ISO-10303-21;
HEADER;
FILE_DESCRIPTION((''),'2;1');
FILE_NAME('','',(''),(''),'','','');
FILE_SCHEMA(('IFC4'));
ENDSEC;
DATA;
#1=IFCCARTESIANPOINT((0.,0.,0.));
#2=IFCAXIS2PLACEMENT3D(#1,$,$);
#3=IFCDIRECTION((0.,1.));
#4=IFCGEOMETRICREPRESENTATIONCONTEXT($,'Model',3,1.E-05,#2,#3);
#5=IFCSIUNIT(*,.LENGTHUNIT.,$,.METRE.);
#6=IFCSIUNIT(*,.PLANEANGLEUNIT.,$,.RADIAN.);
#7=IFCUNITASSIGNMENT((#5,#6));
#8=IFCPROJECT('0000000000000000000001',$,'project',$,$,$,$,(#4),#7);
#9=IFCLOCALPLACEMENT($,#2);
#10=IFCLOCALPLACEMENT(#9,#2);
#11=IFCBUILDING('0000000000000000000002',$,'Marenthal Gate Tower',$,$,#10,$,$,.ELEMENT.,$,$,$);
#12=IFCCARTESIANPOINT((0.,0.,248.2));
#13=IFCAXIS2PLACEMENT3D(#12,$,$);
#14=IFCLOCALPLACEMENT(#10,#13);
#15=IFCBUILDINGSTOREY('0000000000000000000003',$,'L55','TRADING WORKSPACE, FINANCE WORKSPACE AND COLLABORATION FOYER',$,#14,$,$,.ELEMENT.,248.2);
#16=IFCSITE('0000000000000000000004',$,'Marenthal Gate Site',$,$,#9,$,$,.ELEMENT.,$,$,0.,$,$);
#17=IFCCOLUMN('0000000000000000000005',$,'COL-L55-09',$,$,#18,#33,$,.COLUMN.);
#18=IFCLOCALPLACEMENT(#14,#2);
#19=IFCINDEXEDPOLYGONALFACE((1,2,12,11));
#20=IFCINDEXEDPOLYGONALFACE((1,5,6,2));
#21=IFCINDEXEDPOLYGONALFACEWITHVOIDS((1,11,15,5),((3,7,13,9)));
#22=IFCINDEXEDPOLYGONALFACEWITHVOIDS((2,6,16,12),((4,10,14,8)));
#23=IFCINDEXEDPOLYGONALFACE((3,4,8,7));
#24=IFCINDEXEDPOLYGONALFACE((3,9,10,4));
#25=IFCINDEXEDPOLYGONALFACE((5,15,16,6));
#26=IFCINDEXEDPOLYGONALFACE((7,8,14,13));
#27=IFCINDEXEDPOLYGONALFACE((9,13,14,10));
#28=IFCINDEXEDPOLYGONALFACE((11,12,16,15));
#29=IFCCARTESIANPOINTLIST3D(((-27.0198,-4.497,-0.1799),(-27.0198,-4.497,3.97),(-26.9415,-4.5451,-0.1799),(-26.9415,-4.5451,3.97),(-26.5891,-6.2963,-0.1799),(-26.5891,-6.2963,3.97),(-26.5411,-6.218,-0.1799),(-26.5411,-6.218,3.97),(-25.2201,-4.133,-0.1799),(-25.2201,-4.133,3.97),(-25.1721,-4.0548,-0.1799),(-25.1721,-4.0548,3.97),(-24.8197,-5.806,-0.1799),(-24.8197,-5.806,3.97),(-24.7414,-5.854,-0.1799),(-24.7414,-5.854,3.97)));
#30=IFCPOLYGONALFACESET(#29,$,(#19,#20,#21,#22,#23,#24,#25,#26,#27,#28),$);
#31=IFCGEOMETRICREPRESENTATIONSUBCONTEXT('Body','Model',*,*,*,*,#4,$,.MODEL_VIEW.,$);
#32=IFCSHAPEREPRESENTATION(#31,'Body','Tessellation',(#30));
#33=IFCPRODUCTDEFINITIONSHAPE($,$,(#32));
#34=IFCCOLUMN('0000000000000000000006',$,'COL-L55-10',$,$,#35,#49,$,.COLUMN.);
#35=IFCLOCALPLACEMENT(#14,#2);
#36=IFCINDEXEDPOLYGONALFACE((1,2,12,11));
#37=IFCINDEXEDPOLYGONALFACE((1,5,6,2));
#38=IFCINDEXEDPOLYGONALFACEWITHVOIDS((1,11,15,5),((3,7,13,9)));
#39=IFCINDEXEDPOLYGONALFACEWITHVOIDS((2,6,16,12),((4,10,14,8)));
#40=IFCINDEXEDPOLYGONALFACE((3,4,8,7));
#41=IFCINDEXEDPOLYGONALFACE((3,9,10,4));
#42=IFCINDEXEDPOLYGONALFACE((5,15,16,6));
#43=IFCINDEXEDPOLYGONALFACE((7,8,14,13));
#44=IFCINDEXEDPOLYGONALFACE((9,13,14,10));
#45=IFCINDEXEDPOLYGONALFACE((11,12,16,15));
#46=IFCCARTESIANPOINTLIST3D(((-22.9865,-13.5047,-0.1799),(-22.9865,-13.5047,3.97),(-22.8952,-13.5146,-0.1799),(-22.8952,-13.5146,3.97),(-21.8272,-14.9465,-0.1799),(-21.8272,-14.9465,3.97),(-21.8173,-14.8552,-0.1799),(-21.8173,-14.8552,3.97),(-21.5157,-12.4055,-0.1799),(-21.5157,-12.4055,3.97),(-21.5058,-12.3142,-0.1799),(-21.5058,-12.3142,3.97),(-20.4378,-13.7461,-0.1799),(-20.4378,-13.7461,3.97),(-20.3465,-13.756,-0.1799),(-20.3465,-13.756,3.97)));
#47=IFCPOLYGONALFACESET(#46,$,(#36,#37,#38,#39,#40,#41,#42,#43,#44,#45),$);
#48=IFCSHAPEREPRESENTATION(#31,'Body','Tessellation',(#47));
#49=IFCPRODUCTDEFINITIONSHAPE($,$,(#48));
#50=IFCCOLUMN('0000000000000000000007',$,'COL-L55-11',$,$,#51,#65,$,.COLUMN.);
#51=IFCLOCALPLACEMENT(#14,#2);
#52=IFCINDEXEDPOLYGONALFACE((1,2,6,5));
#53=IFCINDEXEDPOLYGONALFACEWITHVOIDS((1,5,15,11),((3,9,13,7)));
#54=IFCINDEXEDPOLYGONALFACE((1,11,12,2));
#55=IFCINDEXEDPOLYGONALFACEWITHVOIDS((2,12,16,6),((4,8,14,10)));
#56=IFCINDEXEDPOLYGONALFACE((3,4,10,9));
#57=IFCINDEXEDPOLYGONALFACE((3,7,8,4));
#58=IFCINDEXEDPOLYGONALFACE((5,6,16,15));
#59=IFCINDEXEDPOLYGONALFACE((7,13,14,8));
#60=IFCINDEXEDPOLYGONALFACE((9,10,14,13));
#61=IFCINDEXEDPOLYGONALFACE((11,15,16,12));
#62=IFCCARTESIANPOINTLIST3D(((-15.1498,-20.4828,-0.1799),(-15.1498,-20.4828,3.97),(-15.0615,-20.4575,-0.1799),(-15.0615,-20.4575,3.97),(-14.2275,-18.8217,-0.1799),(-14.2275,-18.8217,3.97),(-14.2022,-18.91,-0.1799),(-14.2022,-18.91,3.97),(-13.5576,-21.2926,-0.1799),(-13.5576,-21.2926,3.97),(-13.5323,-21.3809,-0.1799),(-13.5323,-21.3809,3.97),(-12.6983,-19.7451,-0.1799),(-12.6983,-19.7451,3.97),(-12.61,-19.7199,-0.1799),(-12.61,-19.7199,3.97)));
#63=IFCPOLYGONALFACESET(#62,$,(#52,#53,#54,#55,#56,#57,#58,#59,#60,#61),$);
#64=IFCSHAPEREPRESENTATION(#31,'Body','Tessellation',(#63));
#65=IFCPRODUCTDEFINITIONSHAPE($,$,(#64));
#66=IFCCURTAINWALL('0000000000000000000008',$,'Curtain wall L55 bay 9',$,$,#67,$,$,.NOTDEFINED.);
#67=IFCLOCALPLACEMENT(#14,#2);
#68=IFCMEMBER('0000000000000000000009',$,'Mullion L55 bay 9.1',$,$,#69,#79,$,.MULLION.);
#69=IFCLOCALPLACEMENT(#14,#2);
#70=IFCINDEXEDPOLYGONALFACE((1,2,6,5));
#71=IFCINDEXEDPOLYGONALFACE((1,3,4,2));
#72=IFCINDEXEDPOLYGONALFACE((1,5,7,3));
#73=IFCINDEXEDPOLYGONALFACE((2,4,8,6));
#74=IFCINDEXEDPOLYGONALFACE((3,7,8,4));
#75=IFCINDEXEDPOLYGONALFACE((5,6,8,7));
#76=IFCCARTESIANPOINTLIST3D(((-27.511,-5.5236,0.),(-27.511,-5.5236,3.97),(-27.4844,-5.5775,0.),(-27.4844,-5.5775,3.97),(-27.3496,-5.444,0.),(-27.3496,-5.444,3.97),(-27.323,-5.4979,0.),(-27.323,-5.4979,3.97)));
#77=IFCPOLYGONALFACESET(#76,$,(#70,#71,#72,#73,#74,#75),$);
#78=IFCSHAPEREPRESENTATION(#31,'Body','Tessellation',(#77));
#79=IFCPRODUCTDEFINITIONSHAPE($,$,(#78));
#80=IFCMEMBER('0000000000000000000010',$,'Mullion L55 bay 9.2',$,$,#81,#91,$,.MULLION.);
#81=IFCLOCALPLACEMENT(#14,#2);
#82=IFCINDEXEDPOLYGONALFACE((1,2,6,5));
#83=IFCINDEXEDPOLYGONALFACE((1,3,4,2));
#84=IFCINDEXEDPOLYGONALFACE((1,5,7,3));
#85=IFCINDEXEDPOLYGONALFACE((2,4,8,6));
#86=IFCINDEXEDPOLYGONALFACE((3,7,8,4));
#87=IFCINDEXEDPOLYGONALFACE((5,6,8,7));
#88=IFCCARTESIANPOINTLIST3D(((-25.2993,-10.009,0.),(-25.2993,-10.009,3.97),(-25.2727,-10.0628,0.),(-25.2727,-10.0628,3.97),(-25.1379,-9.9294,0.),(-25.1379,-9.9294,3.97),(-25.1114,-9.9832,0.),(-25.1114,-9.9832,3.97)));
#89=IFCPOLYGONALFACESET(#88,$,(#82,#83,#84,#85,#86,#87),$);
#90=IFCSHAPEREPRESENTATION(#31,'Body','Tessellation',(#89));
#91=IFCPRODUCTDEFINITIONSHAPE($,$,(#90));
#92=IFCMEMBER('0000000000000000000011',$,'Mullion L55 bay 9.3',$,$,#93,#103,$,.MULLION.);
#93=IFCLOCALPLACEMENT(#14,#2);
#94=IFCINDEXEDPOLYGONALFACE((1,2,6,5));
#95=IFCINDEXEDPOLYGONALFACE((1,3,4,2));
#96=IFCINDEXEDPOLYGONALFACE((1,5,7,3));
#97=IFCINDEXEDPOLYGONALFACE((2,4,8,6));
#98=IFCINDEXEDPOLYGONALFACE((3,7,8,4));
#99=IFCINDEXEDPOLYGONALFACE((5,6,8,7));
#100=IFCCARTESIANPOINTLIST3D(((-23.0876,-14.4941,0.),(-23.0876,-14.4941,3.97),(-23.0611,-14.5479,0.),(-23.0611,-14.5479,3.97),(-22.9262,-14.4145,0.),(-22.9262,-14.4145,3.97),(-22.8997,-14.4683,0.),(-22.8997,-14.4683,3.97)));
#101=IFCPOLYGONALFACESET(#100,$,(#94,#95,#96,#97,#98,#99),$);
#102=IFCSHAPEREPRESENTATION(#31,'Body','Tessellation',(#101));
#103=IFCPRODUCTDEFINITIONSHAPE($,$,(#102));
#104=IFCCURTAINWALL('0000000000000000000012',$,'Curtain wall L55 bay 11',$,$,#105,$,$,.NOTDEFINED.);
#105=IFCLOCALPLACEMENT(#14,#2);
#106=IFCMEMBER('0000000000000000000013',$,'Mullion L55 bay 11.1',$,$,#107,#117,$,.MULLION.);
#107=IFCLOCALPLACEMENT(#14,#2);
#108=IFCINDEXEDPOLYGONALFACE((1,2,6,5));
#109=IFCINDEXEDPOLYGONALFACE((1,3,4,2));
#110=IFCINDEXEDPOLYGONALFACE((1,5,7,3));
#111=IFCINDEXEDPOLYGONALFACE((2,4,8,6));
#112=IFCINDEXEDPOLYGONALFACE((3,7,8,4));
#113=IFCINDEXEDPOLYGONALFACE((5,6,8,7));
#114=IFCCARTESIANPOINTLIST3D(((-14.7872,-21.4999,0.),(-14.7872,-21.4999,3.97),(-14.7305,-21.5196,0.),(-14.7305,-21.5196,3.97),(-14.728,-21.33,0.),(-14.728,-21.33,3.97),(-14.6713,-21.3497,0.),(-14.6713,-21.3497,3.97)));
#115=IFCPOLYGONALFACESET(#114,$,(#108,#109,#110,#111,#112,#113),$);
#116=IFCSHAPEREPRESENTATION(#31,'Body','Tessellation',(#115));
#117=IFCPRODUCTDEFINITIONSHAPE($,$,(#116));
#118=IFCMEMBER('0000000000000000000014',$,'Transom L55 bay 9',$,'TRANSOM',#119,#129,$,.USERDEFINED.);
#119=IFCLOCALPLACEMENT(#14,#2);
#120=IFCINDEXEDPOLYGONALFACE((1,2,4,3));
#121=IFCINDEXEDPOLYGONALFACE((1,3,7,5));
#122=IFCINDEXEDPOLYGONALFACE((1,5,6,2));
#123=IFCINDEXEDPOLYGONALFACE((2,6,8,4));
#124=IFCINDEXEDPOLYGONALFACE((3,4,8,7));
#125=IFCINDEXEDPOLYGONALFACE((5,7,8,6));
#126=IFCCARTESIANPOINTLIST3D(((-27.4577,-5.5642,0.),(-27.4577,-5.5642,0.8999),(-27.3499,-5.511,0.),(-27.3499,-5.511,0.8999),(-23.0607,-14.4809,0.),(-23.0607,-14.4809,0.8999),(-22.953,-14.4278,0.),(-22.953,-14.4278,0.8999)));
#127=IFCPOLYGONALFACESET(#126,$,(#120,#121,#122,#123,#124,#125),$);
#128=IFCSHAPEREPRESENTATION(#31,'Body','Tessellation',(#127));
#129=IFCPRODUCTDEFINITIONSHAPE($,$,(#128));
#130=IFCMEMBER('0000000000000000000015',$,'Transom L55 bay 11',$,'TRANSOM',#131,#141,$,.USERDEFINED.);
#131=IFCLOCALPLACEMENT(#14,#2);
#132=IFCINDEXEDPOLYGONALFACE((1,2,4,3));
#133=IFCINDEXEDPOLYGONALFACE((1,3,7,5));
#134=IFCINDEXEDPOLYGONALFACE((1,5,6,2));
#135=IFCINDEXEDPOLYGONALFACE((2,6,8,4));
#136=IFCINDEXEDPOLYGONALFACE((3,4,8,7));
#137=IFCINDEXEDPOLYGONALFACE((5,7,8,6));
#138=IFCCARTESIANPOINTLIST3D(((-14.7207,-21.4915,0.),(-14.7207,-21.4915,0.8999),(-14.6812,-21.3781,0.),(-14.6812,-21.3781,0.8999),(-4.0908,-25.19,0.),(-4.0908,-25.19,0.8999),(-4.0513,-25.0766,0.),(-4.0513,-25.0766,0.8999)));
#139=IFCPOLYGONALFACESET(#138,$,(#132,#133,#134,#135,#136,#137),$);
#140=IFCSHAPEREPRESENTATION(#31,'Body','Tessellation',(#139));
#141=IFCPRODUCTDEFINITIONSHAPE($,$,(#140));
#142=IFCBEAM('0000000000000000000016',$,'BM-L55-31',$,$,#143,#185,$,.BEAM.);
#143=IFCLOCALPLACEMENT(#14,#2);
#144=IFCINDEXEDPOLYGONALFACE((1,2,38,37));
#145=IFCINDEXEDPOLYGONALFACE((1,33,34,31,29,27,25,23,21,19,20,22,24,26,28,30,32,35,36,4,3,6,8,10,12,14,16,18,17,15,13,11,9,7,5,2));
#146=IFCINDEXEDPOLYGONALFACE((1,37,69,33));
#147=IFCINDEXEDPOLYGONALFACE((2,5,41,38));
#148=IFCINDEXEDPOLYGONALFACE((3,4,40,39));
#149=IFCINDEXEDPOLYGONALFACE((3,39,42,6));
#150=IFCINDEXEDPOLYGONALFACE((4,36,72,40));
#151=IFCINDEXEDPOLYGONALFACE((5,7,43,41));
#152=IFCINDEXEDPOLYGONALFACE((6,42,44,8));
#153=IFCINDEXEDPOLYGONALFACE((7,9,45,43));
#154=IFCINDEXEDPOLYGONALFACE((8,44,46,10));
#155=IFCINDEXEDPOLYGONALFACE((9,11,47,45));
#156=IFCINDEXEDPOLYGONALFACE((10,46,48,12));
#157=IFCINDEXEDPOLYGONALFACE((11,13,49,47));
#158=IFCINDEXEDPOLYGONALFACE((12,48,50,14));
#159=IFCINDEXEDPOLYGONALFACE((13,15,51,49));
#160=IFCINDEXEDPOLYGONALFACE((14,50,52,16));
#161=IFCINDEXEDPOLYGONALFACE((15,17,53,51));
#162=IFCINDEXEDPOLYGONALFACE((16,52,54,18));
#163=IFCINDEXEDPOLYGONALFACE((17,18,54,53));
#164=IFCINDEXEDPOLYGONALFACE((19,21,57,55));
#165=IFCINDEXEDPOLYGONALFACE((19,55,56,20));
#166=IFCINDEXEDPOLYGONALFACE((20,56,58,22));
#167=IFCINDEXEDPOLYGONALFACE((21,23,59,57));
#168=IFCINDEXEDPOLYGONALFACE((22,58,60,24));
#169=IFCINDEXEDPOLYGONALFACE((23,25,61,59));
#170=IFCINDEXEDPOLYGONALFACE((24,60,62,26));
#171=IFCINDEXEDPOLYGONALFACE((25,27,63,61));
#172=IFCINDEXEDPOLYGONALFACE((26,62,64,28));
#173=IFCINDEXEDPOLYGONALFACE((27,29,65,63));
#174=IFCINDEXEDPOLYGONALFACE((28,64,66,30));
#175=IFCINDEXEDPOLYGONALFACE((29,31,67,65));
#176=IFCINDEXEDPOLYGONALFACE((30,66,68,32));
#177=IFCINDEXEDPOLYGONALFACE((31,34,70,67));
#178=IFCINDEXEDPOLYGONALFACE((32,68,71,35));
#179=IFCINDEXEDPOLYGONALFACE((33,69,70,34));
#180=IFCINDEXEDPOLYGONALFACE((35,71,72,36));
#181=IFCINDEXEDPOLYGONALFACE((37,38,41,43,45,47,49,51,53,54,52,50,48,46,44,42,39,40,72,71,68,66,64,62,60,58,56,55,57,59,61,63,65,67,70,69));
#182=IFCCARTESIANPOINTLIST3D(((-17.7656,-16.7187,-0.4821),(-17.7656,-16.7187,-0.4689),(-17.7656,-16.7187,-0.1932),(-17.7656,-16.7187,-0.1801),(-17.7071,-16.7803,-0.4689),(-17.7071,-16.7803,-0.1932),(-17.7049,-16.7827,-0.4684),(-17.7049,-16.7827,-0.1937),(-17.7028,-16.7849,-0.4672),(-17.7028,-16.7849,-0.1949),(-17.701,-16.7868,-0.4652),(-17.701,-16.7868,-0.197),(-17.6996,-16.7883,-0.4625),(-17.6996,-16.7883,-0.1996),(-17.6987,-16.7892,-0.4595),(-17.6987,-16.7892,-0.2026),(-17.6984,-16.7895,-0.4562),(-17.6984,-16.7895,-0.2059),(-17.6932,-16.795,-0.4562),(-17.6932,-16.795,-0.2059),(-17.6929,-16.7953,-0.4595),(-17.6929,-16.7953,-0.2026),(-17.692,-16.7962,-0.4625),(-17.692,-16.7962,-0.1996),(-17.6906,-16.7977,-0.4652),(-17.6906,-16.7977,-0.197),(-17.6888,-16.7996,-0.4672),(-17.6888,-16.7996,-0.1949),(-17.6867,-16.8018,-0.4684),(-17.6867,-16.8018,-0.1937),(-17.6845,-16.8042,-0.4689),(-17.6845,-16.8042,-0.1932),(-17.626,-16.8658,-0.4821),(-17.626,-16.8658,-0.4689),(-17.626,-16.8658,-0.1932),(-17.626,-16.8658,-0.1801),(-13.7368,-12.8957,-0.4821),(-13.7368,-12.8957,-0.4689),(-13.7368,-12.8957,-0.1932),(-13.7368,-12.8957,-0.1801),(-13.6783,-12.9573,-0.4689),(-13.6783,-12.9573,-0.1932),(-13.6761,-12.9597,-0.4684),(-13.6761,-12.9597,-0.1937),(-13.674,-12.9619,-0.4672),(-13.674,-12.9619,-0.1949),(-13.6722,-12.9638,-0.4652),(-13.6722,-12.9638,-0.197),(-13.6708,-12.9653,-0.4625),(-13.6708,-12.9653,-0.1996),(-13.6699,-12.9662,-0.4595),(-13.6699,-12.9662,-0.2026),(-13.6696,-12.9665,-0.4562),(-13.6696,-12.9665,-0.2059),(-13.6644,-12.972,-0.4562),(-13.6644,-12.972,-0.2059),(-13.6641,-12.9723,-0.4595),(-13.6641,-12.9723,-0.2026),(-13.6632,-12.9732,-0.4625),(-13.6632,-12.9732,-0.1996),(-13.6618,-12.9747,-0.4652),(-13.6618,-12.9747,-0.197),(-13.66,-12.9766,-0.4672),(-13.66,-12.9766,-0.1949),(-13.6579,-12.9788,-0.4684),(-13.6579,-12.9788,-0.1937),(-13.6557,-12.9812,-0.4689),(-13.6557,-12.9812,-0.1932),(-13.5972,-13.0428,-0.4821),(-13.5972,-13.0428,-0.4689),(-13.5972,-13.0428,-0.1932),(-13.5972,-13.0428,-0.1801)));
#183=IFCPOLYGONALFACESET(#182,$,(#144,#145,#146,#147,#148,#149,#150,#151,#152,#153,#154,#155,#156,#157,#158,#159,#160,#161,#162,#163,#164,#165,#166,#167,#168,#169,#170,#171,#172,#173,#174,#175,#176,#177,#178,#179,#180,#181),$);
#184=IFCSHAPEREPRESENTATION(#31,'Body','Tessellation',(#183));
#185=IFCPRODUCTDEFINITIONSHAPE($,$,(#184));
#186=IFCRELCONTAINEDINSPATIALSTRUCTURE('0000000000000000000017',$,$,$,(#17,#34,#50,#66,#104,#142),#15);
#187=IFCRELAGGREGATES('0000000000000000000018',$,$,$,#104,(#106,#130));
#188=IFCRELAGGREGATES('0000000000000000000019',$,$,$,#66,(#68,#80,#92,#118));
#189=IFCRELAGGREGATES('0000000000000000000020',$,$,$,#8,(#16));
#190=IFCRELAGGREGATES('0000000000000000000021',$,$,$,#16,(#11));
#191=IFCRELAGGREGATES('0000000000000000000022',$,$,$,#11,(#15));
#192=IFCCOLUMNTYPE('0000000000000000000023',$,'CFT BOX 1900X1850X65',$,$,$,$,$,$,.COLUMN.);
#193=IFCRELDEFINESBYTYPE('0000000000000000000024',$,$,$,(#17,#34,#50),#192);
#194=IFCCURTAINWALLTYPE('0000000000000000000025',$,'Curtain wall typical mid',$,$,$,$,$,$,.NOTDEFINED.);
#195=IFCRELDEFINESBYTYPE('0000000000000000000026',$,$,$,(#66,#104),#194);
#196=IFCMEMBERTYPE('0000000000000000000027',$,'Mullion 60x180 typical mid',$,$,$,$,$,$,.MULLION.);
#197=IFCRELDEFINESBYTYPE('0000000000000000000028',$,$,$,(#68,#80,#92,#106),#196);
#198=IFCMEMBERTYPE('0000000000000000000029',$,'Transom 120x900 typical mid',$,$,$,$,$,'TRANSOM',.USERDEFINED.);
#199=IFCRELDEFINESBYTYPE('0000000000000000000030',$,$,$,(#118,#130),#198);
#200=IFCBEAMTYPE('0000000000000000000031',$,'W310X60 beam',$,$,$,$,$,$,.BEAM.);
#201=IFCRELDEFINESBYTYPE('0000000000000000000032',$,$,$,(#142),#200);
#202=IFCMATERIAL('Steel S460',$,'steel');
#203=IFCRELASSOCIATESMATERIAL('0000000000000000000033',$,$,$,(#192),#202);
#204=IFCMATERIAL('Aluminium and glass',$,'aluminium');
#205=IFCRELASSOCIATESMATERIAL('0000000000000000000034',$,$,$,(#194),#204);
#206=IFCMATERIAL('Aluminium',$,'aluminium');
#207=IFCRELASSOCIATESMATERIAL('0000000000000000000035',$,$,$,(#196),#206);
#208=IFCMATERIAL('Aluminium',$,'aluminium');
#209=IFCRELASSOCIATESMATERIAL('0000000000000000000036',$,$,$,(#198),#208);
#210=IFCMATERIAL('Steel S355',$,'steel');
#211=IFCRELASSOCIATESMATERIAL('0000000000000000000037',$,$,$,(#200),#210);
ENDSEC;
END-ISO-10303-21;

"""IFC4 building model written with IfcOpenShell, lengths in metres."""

from ifc_helpers import new_model, si_unit, direction, frame, origin, origin_2d, place, context, subcontext, project, spatial, rectangle, hollow_rectangle, i_section, extrude, material, material_profile, profile_set, type_object, element, aggregate, save


model = new_model("IFC4")

# Units and contexts
model_context = context("Model", 3, precision=1e-05, world=origin(), true_north=direction((0.0, 1.0)))
body_context = subcontext(model_context, "Body", "Model", "MODEL_VIEW")
ifc_project = project(units=[si_unit("LENGTHUNIT", "METRE"), si_unit("PLANEANGLEUNIT", "RADIAN")], contexts=[model_context])

# Site, building, storey
site_placement = place(None, origin())
site = spatial("IfcSite", under=ifc_project, at=site_placement, Name="Marenthal Gate Site", CompositionType="ELEMENT", RefElevation=0.0)
building_placement = place(site_placement, origin())
building = spatial("IfcBuilding", under=site, at=building_placement, Name="Marenthal Gate Tower", CompositionType="ELEMENT")
storey_placement = place(building_placement, frame((0.0, 0.0, 248.2)))
storey = spatial("IfcBuildingStorey", under=building, at=storey_placement, Name="L55", Description="TRADING WORKSPACE, FINANCE WORKSPACE AND COLLABORATION FOYER", CompositionType="ELEMENT", Elevation=248.2)

# Columns
ifc_material_1 = material(Name="Steel S460", Category="steel")
ifc_material_profile_1 = material_profile(ifc_material_1, hollow_rectangle(XDim=1.8501, YDim=1.8999, WallThickness=0.0649, at=origin_2d()), Name="CFT BOX 1900X1850X65")
ifc_material_2 = material(Name="Concrete 70 MPa", Category="concrete")
ifc_material_profile_2 = material_profile(ifc_material_2, rectangle(XDim=1.72, YDim=1.77, at=origin_2d()), Name="CFT BOX 1900X1850X65 INFILL")
ifc_profile_set_1 = profile_set([ifc_material_profile_1, ifc_material_profile_2], Name="Steel S460 shell, Concrete 70 MPa infill")
column_type = type_object("IfcColumnType", Name="CFT BOX 1900X1850X65", PredefinedType="COLUMN", material=ifc_profile_set_1)
for number, where, z_axis, x_axis, name in (
    (1, (-25.8806, -5.1755, -0.1799), (0.0, 0.0, 1.0), (-0.232783, 0.972529, 0.0), "COL-L55-09"),
    (2, (-21.6665, -13.6304, -0.1799), (0.0, 0.0, 1.0), (-0.626615, 0.779329, 0.0), "COL-L55-10"),
    (3, (-13.8799, -20.1013, -0.1799), (0.0, 0.0, 1.0), (-0.874262, 0.485454, 0.0), "COL-L55-11"),
):
    element("IfcColumn", number, at=place(storey_placement, frame(where, z_axis=z_axis, x_axis=x_axis)), inside=storey, type_object=column_type, Name=name, PredefinedType="COLUMN", context=body_context, shape_type="SweptSolid", body=[
        extrude(hollow_rectangle(XDim=1.8501, YDim=1.8999, WallThickness=0.0649, at=origin_2d()), origin(), (0.0, 0.0, 1.0), 4.1499),
    ])

# Curtain wall, members
ifc_material_3 = material(Name="Aluminium and glass", Category="aluminium")
curtain_wall_type = type_object("IfcCurtainWallType", Name="Curtain wall typical mid", PredefinedType="NOTDEFINED", material=ifc_material_3)
curtain_wall_1_placement = place(storey_placement, origin())
curtain_wall_1 = element("IfcCurtainWall", 4, at=curtain_wall_1_placement, inside=storey, type_object=curtain_wall_type, Name="Curtain wall L55 bay 9", PredefinedType="NOTDEFINED")
ifc_material_4 = material(Name="Aluminium", Category="aluminium")
ifc_material_profile_3 = material_profile(ifc_material_4, rectangle(XDim=0.1799, YDim=0.0601, at=origin_2d()), Name="60x180 aluminium mullion")
ifc_profile_set_2 = profile_set([ifc_material_profile_3], Name="Aluminium")
member_type_1 = type_object("IfcMemberType", Name="Mullion 60x180 typical mid", PredefinedType="MULLION", material=ifc_profile_set_2)
member_1_placement = place(storey_placement, frame((-27.417, -5.5107, 0.0), z_axis=(0.0, 0.0, 1.0), x_axis=(0.896882, 0.442269, 0.0)))
member_1 = element("IfcMember", 5, at=member_1_placement, type_object=member_type_1, Name="Mullion L55 bay 9.1", PredefinedType="MULLION", context=body_context, shape_type="SweptSolid", body=[
    extrude(rectangle(XDim=0.1799, YDim=0.0601, at=origin_2d()), origin(), (0.0, 0.0, 1.0), 3.97),
])
member_2_placement = place(storey_placement, frame((-25.2053, -9.9961, 0.0), z_axis=(0.0, 0.0, 1.0), x_axis=(0.896882, 0.442269, 0.0)))
member_2 = element("IfcMember", 6, at=member_2_placement, type_object=member_type_1, Name="Mullion L55 bay 9.2", PredefinedType="MULLION", context=body_context, shape_type="SweptSolid", body=[
    extrude(rectangle(XDim=0.1799, YDim=0.0601, at=origin_2d()), origin(), (0.0, 0.0, 1.0), 3.97),
])
member_3_placement = place(storey_placement, frame((-22.9937, -14.4812, 0.0), z_axis=(0.0, 0.0, 1.0), x_axis=(0.896882, 0.442269, 0.0)))
member_3 = element("IfcMember", 7, at=member_3_placement, type_object=member_type_1, Name="Mullion L55 bay 9.3", PredefinedType="MULLION", context=body_context, shape_type="SweptSolid", body=[
    extrude(rectangle(XDim=0.1799, YDim=0.0601, at=origin_2d()), origin(), (0.0, 0.0, 1.0), 3.97),
])

# Curtain wall, member
curtain_wall_2_placement = place(storey_placement, origin())
curtain_wall_2 = element("IfcCurtainWall", 8, at=curtain_wall_2_placement, inside=storey, type_object=curtain_wall_type, Name="Curtain wall L55 bay 11", PredefinedType="NOTDEFINED")
member_4_placement = place(storey_placement, frame((-14.7292, -21.4248, 0.0), z_axis=(0.0, 0.0, 1.0), x_axis=(0.328612, 0.944465, 0.0)))
member_4 = element("IfcMember", 9, at=member_4_placement, type_object=member_type_1, Name="Mullion L55 bay 11.1", PredefinedType="MULLION", context=body_context, shape_type="SweptSolid", body=[
    extrude(rectangle(XDim=0.1799, YDim=0.0601, at=origin_2d()), origin(), (0.0, 0.0, 1.0), 3.97),
])

# Members
ifc_material_5 = material(Name="Aluminium", Category="aluminium")
ifc_material_profile_4 = material_profile(ifc_material_5, rectangle(XDim=0.1201, YDim=0.8999, at=origin_2d()), Name="120x900 aluminium transom")
ifc_profile_set_3 = profile_set([ifc_material_profile_4], Name="Aluminium")
member_type_2 = type_object("IfcMemberType", Name="Transom 120x900 typical mid", ElementType="TRANSOM", PredefinedType="USERDEFINED", material=ifc_profile_set_3)
member_5_placement = place(storey_placement, frame((-27.4038, -5.5376, 0.45), z_axis=(0.442266, -0.896884, 0.0), x_axis=(0.896884, 0.442266, 0.0)))
member_5 = element("IfcMember", 10, at=member_5_placement, type_object=member_type_2, Name="Transom L55 bay 9", ObjectType="TRANSOM", PredefinedType="USERDEFINED", context=body_context, shape_type="SweptSolid", body=[
    extrude(rectangle(XDim=0.1201, YDim=0.8999, at=origin_2d()), origin(), (0.0, 0.0, 1.0), 9.9419),
])
member_6_placement = place(storey_placement, frame((-14.7009, -21.4348, 0.45), z_axis=(0.944465, -0.328611, 0.0), x_axis=(0.328611, 0.944465, 0.0)))
member_6 = element("IfcMember", 11, at=member_6_placement, type_object=member_type_2, Name="Transom L55 bay 11", ObjectType="TRANSOM", PredefinedType="USERDEFINED", context=body_context, shape_type="SweptSolid", body=[
    extrude(rectangle(XDim=0.1201, YDim=0.8999, at=origin_2d()), origin(), (0.0, 0.0, 1.0), 11.2549),
])
aggregate(curtain_wall_2, [member_4, member_6])

# Beam
ifc_material_6 = material(Name="Steel S355", Category="steel")
ifc_material_profile_5 = material_profile(ifc_material_6, i_section(OverallWidth=0.2029, OverallDepth=0.302, WebThickness=0.0076, FlangeThickness=0.0132, FilletRadius=0.0127, at=origin_2d()), Name="W310X60")
ifc_profile_set_4 = profile_set([ifc_material_profile_5], Name="Steel S355")
beam_type_1 = type_object("IfcBeamType", Name="W310X60 beam", PredefinedType="BEAM", material=ifc_profile_set_4)
beam_1_placement = place(storey_placement, frame((-17.6958, -16.7922, -0.3311), z_axis=(0.725392, 0.688336, 0.0), x_axis=(-0.688336, 0.725392, 0.0)))
element("IfcBeam", 12, at=beam_1_placement, inside=storey, type_object=beam_type_1, Name="BM-L55-31", PredefinedType="BEAM", context=body_context, shape_type="SweptSolid", body=[
    extrude(i_section(OverallWidth=0.2029, OverallDepth=0.302, WebThickness=0.0076, FlangeThickness=0.0132, FilletRadius=0.0127, at=origin_2d()), origin(), (0.0, 0.0, 1.0), 5.554),
])

aggregate(curtain_wall_1, [member_1, member_2, member_3, member_5])

save(model, "model.ifc")
